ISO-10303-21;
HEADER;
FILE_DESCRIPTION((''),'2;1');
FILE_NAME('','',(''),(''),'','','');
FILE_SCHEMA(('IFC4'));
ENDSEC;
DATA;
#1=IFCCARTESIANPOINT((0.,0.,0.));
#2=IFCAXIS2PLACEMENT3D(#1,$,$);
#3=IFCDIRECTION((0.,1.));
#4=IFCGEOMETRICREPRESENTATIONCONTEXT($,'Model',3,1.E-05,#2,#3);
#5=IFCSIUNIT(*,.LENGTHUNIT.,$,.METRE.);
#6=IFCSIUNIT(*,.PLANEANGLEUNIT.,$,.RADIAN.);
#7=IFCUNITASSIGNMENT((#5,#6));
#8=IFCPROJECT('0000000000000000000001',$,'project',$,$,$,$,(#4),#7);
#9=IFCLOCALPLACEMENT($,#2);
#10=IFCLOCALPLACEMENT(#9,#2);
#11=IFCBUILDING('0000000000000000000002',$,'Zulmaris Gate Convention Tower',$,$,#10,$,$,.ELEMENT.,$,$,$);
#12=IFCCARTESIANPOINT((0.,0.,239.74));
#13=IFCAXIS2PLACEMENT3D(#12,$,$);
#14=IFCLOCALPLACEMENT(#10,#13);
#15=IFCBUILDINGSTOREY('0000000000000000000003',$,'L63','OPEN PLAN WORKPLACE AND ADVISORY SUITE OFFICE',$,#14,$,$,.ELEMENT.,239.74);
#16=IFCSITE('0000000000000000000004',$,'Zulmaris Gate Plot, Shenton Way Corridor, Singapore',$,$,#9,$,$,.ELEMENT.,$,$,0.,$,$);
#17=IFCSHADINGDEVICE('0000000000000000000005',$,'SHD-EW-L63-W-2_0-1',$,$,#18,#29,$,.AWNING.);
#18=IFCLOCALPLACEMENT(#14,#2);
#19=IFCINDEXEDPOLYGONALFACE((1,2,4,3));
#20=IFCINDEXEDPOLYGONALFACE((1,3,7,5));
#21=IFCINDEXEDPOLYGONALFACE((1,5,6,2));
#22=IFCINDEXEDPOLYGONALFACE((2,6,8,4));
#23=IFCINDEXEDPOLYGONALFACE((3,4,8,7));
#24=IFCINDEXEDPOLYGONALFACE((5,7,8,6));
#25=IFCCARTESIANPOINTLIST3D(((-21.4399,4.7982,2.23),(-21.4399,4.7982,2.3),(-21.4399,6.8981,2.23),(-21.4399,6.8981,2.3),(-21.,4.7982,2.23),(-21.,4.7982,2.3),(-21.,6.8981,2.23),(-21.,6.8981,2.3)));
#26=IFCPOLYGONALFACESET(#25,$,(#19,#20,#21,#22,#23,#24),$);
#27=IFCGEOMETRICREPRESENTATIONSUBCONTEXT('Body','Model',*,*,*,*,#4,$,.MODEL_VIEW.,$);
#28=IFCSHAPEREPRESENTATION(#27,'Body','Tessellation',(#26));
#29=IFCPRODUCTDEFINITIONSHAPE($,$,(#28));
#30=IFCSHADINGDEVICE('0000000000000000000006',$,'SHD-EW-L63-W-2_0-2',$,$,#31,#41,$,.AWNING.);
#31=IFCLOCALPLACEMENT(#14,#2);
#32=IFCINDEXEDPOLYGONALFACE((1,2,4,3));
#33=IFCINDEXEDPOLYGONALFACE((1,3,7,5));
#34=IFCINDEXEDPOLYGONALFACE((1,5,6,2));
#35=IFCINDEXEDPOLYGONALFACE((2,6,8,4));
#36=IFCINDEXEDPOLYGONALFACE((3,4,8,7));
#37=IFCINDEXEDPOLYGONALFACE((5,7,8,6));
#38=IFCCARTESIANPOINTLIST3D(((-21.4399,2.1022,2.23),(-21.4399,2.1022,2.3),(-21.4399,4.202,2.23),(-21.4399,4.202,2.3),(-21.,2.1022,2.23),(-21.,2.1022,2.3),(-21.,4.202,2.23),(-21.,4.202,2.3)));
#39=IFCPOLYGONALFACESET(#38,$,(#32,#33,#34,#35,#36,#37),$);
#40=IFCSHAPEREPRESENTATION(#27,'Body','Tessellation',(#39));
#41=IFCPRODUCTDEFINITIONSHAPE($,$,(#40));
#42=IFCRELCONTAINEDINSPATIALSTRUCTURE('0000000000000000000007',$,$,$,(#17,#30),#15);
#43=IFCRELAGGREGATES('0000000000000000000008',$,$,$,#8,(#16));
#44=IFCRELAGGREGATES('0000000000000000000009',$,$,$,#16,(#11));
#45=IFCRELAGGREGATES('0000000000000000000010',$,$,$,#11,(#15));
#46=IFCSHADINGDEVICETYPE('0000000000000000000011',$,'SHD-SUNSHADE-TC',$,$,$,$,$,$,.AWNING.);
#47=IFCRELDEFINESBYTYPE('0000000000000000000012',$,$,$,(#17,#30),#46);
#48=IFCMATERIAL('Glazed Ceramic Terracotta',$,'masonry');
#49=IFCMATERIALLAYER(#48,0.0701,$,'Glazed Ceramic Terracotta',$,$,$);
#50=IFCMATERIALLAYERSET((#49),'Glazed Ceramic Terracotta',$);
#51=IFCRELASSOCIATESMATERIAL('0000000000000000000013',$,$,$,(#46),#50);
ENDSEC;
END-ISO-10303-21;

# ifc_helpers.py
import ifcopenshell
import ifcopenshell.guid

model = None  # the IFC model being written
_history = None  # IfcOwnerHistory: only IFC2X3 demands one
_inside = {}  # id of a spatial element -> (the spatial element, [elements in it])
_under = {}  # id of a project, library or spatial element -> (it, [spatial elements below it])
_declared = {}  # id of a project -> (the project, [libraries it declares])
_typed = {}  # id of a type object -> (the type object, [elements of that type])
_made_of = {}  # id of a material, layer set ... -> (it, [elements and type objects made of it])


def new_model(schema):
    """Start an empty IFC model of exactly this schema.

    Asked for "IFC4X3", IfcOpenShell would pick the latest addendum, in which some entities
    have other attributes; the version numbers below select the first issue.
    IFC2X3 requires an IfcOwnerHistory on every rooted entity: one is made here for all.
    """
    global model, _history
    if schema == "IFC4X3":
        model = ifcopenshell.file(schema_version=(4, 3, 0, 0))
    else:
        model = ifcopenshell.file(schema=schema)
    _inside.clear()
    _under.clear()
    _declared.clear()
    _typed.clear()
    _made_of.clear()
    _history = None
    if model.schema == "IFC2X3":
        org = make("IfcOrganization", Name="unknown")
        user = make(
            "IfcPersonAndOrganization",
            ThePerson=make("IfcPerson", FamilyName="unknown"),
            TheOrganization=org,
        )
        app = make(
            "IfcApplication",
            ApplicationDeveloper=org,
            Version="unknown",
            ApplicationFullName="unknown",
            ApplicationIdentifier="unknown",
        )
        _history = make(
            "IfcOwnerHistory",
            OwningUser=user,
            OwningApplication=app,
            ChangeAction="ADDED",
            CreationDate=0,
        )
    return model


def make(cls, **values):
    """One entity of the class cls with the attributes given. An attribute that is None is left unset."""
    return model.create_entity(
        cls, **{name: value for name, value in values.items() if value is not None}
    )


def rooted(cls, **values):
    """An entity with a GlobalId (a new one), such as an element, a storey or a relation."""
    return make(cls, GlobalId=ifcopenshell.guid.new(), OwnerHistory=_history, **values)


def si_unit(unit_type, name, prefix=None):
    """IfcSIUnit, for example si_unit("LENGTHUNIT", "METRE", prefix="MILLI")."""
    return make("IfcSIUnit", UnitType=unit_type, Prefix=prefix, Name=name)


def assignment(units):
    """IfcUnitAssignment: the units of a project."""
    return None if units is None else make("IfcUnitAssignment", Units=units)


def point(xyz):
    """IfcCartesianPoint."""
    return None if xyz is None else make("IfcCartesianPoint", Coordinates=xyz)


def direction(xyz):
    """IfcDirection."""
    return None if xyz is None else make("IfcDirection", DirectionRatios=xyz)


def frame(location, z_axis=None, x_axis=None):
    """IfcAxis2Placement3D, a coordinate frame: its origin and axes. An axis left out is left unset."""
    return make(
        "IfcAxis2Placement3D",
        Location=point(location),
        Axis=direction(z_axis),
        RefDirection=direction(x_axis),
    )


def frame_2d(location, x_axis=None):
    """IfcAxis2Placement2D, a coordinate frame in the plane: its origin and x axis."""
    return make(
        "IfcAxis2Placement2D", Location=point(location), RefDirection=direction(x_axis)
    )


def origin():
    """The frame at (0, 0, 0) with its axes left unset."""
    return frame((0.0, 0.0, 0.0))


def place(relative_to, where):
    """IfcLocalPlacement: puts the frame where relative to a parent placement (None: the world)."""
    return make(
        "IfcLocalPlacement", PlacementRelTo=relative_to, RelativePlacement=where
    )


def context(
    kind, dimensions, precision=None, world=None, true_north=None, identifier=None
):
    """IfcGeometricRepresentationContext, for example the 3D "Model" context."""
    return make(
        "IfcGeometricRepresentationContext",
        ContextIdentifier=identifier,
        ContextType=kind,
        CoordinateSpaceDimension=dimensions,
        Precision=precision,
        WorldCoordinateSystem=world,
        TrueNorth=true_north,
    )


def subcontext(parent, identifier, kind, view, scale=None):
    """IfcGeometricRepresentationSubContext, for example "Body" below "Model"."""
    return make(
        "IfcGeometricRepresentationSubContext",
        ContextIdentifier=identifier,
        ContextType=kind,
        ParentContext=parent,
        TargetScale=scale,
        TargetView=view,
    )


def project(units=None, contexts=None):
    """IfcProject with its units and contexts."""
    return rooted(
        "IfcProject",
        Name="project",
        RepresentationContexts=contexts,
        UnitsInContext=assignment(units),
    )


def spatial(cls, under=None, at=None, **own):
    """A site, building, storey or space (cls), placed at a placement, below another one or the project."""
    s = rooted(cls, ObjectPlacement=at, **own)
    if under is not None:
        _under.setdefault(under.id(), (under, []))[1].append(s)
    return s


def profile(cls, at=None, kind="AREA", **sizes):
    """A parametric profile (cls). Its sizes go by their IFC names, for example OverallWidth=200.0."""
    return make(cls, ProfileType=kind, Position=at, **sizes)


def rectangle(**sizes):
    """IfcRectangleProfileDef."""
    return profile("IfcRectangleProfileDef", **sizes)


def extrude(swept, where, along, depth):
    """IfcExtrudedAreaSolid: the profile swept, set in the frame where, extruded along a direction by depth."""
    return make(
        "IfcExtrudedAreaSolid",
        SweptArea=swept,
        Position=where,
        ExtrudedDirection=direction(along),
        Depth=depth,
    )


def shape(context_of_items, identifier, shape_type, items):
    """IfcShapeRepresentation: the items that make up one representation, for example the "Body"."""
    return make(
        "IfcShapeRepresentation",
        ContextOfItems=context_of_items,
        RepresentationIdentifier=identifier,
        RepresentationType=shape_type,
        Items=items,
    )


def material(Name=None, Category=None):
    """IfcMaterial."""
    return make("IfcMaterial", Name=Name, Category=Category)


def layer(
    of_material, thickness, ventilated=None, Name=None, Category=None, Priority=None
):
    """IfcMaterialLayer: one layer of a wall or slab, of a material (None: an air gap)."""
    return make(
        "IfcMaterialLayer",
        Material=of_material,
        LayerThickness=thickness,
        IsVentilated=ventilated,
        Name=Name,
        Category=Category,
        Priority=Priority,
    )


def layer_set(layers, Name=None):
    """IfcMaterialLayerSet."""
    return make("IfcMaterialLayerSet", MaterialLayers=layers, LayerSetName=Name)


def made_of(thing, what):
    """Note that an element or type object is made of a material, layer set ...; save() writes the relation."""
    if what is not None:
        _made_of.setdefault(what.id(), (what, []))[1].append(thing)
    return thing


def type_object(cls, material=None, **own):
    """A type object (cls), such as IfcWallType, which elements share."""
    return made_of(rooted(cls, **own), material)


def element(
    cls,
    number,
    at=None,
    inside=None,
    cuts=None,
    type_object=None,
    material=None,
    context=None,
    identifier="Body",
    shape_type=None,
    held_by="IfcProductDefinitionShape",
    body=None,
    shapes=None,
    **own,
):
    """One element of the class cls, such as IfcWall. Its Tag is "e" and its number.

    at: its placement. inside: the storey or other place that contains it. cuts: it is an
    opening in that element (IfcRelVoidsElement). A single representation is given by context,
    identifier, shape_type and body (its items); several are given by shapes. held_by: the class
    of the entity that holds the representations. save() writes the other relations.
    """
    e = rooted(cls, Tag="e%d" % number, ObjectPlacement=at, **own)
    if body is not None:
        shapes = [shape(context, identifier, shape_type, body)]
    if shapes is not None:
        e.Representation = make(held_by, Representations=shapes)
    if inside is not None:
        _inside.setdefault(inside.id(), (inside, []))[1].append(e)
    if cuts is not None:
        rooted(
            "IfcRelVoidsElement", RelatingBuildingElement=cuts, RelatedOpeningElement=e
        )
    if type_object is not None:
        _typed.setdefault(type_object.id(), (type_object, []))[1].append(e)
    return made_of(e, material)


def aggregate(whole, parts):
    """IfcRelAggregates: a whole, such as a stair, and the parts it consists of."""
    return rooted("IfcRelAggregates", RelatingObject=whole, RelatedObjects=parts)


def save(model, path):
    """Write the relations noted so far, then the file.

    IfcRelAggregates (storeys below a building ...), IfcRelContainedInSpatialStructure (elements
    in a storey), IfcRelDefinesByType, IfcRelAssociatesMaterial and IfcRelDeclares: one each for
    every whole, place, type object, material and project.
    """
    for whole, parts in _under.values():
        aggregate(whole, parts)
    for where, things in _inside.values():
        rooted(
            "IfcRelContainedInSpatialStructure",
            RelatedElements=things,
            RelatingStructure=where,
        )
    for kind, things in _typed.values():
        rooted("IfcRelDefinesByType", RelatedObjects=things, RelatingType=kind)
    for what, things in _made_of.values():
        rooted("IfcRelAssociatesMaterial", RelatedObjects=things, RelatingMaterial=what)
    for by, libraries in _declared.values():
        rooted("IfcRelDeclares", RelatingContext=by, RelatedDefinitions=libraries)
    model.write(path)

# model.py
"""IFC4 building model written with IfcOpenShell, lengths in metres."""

from ifc_helpers import new_model, si_unit, direction, frame, frame_2d, origin, place, context, subcontext, project, spatial, rectangle, extrude, material, layer, layer_set, type_object, element, save


model = new_model("IFC4")

# Units and contexts
model_context = context("Model", 3, precision=1e-05, world=origin(), true_north=direction((0.0, 1.0)))
body_context = subcontext(model_context, "Body", "Model", "MODEL_VIEW")
ifc_project = project(units=[si_unit("LENGTHUNIT", "METRE"), si_unit("PLANEANGLEUNIT", "RADIAN")], contexts=[model_context])

# Site, building, storey
site_placement = place(None, origin())
site = spatial("IfcSite", under=ifc_project, at=site_placement, Name="Zulmaris Gate Plot, Shenton Way Corridor, Singapore", CompositionType="ELEMENT", RefElevation=0.0)
building_placement = place(site_placement, origin())
building = spatial("IfcBuilding", under=site, at=building_placement, Name="Zulmaris Gate Convention Tower", CompositionType="ELEMENT")
storey_placement = place(building_placement, frame((0.0, 0.0, 239.74)))
storey = spatial("IfcBuildingStorey", under=building, at=storey_placement, Name="L63", Description="OPEN PLAN WORKPLACE AND ADVISORY SUITE OFFICE", CompositionType="ELEMENT", Elevation=239.74)

# Shading devices
ifc_material_1 = material(Name="Glazed Ceramic Terracotta", Category="masonry")
ifc_layer_1 = layer(ifc_material_1, 0.0701, Name="Glazed Ceramic Terracotta")
ifc_layer_set_1 = layer_set([ifc_layer_1], Name="Glazed Ceramic Terracotta")
shading_device_type = type_object("IfcShadingDeviceType", Name="SHD-SUNSHADE-TC", PredefinedType="AWNING", material=ifc_layer_set_1)
for number, where, z_axis, x_axis, name in (
    (1, (-21.22, 6.8979, 2.23), (0.0, 0.0, 1.0), (0.0, -1.0, 0.0), "SHD-EW-L63-W-2_0-1"),
    (2, (-21.22, 4.2019, 2.23), (0.0, 0.0, 1.0), (0.0, -1.0, 0.0), "SHD-EW-L63-W-2_0-2"),
):
    element("IfcShadingDevice", number, at=place(storey_placement, frame(where, z_axis=z_axis, x_axis=x_axis)), inside=storey, type_object=shading_device_type, Name=name, PredefinedType="AWNING", context=body_context, shape_type="SweptSolid", body=[
        extrude(rectangle(XDim=2.0999, YDim=0.4399, at=frame_2d((1.0498, 0.0))), origin(), (0.0, 0.0, 1.0), 0.0701),
    ])

save(model, "model.ifc")
